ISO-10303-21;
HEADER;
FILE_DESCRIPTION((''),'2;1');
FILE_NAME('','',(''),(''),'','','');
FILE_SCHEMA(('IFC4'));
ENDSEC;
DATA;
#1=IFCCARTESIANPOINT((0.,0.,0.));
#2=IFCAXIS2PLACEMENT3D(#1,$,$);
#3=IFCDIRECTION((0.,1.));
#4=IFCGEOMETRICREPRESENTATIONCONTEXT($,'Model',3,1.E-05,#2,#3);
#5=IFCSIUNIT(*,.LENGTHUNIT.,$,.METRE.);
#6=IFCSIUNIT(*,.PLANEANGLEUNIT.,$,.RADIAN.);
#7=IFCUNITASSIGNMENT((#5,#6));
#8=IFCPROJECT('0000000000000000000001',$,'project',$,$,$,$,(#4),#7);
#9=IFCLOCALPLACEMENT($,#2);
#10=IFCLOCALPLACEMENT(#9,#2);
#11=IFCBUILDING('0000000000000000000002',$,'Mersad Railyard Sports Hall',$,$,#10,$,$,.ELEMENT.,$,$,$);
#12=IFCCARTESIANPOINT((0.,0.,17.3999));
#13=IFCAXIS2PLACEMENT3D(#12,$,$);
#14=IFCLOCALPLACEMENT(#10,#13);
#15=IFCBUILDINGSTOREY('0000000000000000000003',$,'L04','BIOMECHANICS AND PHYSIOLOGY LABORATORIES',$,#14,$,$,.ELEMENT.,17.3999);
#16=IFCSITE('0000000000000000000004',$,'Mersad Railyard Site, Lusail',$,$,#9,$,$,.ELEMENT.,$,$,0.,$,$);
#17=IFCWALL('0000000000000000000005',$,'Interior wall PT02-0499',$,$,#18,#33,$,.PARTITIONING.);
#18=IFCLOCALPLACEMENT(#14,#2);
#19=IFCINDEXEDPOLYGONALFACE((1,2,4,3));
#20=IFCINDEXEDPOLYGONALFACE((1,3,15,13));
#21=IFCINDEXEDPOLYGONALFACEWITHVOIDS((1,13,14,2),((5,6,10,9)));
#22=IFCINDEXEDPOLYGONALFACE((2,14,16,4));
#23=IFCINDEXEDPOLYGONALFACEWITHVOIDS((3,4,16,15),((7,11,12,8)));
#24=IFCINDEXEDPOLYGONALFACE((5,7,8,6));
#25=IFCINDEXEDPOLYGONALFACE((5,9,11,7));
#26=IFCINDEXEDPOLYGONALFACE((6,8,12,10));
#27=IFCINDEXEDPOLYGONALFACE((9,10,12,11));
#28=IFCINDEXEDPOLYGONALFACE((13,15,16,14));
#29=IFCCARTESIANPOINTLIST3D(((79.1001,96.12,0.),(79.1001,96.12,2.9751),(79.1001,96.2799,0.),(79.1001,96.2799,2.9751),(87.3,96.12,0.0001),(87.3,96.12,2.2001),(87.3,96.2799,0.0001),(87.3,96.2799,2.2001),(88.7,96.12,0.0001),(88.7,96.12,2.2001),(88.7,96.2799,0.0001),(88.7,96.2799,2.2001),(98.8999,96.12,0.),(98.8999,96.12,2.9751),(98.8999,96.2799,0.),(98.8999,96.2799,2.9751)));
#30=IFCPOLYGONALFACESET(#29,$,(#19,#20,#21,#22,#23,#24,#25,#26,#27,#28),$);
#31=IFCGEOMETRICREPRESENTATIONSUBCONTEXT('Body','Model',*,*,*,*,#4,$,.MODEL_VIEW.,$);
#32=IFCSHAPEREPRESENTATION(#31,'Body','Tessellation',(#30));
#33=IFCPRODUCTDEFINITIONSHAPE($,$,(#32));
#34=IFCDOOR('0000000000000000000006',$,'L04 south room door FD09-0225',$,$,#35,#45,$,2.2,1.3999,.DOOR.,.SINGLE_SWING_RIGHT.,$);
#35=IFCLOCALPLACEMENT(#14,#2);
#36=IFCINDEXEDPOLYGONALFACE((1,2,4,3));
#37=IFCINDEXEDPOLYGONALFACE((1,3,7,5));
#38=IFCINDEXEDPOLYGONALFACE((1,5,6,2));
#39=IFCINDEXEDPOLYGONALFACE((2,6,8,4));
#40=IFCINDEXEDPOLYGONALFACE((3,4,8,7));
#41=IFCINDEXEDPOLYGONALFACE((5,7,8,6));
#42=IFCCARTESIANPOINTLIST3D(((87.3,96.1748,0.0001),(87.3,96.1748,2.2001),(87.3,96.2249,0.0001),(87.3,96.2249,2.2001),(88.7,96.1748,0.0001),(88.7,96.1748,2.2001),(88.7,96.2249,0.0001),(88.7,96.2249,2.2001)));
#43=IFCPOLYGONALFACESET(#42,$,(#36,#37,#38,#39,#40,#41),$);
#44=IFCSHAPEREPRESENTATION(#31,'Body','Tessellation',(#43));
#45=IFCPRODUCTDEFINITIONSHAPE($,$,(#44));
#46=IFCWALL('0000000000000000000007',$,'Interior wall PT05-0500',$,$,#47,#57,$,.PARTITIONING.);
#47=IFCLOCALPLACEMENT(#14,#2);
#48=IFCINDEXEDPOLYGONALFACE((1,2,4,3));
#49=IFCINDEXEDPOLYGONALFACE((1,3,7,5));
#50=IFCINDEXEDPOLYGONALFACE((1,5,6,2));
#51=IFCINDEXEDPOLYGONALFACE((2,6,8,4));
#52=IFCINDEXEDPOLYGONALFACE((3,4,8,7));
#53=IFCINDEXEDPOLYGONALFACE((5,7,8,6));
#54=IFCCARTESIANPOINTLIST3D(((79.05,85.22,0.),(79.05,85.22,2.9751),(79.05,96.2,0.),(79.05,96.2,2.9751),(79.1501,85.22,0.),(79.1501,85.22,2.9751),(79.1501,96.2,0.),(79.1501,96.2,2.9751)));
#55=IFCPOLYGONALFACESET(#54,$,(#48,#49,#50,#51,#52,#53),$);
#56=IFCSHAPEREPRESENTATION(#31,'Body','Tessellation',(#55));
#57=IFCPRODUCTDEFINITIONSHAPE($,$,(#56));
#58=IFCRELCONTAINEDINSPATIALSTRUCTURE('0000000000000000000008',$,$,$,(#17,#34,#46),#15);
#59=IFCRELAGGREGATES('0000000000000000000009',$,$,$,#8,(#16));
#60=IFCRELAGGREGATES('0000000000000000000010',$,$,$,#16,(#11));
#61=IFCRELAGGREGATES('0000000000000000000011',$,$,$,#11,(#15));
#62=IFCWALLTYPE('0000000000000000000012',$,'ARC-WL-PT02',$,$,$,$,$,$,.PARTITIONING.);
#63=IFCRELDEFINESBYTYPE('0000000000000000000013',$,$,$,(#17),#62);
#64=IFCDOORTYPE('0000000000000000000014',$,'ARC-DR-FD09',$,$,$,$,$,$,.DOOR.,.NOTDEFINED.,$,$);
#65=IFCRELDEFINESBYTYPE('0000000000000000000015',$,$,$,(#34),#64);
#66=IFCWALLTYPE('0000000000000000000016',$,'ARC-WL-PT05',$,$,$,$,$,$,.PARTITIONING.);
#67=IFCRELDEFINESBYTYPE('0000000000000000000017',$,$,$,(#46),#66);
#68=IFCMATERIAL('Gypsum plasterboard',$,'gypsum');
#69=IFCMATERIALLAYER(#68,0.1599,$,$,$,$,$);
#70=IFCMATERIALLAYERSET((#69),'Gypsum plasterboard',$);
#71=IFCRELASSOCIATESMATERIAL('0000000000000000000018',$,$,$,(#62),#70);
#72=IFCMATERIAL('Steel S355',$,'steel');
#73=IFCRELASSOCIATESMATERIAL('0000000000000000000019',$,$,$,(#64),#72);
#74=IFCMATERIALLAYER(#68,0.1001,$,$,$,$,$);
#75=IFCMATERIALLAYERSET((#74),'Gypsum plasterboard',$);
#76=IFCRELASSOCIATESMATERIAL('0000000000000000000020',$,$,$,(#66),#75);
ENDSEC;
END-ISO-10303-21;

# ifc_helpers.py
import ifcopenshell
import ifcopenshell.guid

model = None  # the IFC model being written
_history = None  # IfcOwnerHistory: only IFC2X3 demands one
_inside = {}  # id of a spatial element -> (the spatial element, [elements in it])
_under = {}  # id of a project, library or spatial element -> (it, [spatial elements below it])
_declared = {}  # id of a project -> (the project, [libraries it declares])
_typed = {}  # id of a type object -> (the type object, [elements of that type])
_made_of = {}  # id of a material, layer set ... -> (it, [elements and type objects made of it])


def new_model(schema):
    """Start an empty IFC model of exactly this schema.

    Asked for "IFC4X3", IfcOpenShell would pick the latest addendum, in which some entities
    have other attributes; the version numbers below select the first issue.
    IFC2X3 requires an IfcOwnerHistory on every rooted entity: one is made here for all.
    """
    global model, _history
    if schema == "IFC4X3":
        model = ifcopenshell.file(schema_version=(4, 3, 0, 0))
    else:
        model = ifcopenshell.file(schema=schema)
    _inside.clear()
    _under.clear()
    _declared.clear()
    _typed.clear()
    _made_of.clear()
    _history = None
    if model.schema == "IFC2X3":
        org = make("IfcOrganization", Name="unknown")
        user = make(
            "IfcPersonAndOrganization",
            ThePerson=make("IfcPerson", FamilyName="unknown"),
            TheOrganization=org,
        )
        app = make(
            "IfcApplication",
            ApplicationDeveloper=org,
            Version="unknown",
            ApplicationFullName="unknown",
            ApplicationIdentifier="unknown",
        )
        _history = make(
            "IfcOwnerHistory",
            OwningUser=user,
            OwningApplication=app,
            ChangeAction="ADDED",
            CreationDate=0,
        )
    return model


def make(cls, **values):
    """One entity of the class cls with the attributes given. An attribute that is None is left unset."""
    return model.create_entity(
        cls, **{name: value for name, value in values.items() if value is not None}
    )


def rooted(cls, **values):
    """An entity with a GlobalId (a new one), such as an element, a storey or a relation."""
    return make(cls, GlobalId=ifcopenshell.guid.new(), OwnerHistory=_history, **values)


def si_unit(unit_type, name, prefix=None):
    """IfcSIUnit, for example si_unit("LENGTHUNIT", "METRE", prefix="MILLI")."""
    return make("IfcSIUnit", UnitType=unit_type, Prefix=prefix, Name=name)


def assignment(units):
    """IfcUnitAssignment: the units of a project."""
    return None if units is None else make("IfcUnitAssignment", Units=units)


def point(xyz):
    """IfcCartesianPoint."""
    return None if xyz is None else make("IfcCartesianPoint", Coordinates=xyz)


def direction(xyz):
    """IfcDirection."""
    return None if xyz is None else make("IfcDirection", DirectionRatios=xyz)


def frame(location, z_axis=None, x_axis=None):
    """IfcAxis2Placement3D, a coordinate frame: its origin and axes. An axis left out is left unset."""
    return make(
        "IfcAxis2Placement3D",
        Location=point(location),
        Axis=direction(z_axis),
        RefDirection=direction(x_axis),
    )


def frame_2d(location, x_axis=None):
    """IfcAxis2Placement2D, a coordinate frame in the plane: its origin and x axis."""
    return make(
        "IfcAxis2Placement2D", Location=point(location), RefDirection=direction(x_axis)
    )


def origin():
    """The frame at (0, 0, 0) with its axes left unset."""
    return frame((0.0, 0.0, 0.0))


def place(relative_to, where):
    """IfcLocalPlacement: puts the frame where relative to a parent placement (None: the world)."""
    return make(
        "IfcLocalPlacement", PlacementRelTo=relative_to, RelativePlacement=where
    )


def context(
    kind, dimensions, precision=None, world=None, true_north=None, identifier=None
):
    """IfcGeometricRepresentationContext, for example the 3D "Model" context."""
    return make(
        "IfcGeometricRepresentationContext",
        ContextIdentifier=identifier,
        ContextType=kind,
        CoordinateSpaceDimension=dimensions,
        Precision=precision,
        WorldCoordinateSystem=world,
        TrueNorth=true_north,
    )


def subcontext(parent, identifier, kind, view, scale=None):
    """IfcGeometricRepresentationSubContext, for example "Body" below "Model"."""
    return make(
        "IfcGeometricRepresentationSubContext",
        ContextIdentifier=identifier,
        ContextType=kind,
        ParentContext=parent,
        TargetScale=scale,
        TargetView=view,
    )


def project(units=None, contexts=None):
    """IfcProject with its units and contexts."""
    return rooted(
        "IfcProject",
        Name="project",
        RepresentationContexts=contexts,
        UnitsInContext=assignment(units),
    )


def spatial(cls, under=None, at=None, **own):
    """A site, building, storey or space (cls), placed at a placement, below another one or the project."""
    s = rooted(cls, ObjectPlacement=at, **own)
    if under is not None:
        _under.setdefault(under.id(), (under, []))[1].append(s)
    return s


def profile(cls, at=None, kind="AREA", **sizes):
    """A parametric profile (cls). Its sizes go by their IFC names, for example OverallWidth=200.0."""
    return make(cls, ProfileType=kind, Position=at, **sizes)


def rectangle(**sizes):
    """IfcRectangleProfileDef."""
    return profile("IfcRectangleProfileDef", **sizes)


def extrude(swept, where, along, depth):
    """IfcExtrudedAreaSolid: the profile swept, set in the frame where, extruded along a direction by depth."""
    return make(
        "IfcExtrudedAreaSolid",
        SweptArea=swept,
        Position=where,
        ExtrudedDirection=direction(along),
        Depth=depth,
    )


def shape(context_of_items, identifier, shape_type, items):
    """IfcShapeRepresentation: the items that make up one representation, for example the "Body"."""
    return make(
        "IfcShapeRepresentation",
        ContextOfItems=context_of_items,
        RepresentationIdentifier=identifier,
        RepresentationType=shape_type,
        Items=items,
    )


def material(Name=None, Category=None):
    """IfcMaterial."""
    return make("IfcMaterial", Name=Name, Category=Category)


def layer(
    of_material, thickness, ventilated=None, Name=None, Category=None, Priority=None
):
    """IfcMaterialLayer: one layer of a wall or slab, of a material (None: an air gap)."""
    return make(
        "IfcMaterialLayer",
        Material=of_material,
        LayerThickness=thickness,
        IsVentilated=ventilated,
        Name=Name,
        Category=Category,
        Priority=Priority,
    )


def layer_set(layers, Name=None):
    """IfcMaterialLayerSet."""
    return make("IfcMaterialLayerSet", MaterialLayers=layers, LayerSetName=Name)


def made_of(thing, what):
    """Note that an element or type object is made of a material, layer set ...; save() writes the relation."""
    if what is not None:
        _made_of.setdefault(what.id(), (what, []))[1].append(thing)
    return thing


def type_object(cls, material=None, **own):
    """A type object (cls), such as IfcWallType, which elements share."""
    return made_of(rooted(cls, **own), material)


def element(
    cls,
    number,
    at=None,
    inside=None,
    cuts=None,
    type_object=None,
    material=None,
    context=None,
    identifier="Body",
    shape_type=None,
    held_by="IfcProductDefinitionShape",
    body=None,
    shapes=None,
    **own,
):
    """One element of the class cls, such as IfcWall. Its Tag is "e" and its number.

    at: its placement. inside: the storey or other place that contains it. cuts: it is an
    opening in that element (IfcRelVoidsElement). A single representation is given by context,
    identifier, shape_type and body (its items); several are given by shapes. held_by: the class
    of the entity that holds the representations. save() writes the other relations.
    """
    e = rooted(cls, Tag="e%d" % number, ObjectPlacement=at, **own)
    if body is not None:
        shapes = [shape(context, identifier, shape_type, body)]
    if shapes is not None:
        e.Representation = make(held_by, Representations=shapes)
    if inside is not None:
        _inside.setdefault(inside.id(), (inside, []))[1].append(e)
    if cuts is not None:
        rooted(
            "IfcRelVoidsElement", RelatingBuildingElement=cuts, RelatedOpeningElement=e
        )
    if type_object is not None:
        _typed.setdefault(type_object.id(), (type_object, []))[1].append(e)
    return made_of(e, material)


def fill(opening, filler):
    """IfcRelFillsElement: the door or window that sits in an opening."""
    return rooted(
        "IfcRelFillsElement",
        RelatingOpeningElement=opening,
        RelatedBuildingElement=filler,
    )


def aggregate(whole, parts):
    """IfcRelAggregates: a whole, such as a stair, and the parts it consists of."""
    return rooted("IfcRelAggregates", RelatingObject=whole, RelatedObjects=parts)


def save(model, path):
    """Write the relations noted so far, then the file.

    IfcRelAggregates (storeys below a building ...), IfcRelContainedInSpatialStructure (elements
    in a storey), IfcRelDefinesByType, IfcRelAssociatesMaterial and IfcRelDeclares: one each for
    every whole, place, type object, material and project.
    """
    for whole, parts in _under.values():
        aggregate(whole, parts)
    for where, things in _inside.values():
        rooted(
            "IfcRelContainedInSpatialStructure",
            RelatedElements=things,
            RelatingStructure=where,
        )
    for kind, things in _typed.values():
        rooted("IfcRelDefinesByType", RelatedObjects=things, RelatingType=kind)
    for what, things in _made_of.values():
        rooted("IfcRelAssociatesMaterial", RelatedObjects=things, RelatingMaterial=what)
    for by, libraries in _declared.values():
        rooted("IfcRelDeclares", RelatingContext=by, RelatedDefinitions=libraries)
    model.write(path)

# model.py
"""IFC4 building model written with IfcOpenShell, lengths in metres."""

from ifc_helpers import new_model, si_unit, direction, frame, frame_2d, origin, place, context, subcontext, project, spatial, rectangle, extrude, material, layer, layer_set, type_object, element, fill, save


model = new_model("IFC4")

# Units and contexts
model_context = context("Model", 3, precision=1e-05, world=origin(), true_north=direction((0.0, 1.0)))
body_context = subcontext(model_context, "Body", "Model", "MODEL_VIEW")
ifc_project = project(units=[si_unit("LENGTHUNIT", "METRE"), si_unit("PLANEANGLEUNIT", "RADIAN")], contexts=[model_context])

# Site, building, storey
site_placement = place(None, origin())
site = spatial("IfcSite", under=ifc_project, at=site_placement, Name="Mersad Railyard Site, Lusail", CompositionType="ELEMENT", RefElevation=0.0)
building_placement = place(site_placement, origin())
building = spatial("IfcBuilding", under=site, at=building_placement, Name="Mersad Railyard Sports Hall", CompositionType="ELEMENT")
storey_placement = place(building_placement, frame((0.0, 0.0, 17.3999)))
storey = spatial("IfcBuildingStorey", under=building, at=storey_placement, Name="L04", Description="BIOMECHANICS AND PHYSIOLOGY LABORATORIES", CompositionType="ELEMENT", Elevation=17.3999)

# Shared definitions
ifc_material_1 = material(Name="Steel S355", Category="steel")

# Wall, opening, door
ifc_material_2 = material(Name="Gypsum plasterboard", Category="gypsum")
ifc_layer_1 = layer(ifc_material_2, 0.1599)
ifc_layer_set_1 = layer_set([ifc_layer_1], Name="Gypsum plasterboard")
wall_type_1 = type_object("IfcWallType", Name="ARC-WL-PT02", PredefinedType="PARTITIONING", material=ifc_layer_set_1)
wall_1_placement = place(storey_placement, frame((79.1001, 96.2, 0.0), z_axis=(0.0, 0.0, 1.0), x_axis=(1.0, 0.0, 0.0)))
wall_1 = element("IfcWall", 1, at=wall_1_placement, inside=storey, type_object=wall_type_1, Name="Interior wall PT02-0499", PredefinedType="PARTITIONING", context=body_context, shape_type="SweptSolid", body=[
    extrude(rectangle(XDim=19.7998, YDim=0.1599, at=frame_2d((9.8999, 0.0))), origin(), (0.0, 0.0, 1.0), 2.9751),
])
opening_1_placement = place(wall_1_placement, frame((8.2, 0.0, 0.0)))
opening_1 = element("IfcOpeningElement", 2, at=opening_1_placement, cuts=wall_1, PredefinedType="OPENING", context=body_context, shape_type="SweptSolid", body=[
    extrude(rectangle(XDim=1.3999, YDim=2.2, at=frame_2d((0.7, 1.1001))), frame((0.0, 0.0898, 0.0), z_axis=(0.0, -1.0, 0.0), x_axis=(1.0, 0.0, 0.0)), (0.0, 0.0, 1.0), 0.1799),
])
door_type_1 = type_object("IfcDoorType", Name="ARC-DR-FD09", OperationType="NOTDEFINED", PredefinedType="DOOR", material=ifc_material_1)
door_1_placement = place(opening_1_placement, origin())
door_1 = element("IfcDoor", 3, at=door_1_placement, inside=storey, type_object=door_type_1, Name="L04 south room door FD09-0225", OperationType="SINGLE_SWING_RIGHT", OverallHeight=2.2, OverallWidth=1.3999, PredefinedType="DOOR", context=body_context, shape_type="SweptSolid", body=[
    extrude(rectangle(XDim=1.3999, YDim=2.2, at=frame_2d((0.7, 1.1001))), frame((0.0, 0.0249, 0.0), z_axis=(0.0, -1.0, 0.0), x_axis=(1.0, 0.0, 0.0)), (0.0, 0.0, 1.0), 0.05),
])
fill(opening_1, door_1)

# Wall
ifc_layer_2 = layer(ifc_material_2, 0.1001)
ifc_layer_set_2 = layer_set([ifc_layer_2], Name="Gypsum plasterboard")
wall_type_2 = type_object("IfcWallType", Name="ARC-WL-PT05", PredefinedType="PARTITIONING", material=ifc_layer_set_2)
wall_2_placement = place(storey_placement, frame((79.1001, 85.22, 0.0), z_axis=(0.0, 0.0, 1.0), x_axis=(0.0, 1.0, 0.0)))
element("IfcWall", 4, at=wall_2_placement, inside=storey, type_object=wall_type_2, Name="Interior wall PT05-0500", PredefinedType="PARTITIONING", context=body_context, shape_type="SweptSolid", body=[
    extrude(rectangle(XDim=10.98, YDim=0.1001, at=frame_2d((5.49, 0.0))), origin(), (0.0, 0.0, 1.0), 2.9751),
])

save(model, "model.ifc")
